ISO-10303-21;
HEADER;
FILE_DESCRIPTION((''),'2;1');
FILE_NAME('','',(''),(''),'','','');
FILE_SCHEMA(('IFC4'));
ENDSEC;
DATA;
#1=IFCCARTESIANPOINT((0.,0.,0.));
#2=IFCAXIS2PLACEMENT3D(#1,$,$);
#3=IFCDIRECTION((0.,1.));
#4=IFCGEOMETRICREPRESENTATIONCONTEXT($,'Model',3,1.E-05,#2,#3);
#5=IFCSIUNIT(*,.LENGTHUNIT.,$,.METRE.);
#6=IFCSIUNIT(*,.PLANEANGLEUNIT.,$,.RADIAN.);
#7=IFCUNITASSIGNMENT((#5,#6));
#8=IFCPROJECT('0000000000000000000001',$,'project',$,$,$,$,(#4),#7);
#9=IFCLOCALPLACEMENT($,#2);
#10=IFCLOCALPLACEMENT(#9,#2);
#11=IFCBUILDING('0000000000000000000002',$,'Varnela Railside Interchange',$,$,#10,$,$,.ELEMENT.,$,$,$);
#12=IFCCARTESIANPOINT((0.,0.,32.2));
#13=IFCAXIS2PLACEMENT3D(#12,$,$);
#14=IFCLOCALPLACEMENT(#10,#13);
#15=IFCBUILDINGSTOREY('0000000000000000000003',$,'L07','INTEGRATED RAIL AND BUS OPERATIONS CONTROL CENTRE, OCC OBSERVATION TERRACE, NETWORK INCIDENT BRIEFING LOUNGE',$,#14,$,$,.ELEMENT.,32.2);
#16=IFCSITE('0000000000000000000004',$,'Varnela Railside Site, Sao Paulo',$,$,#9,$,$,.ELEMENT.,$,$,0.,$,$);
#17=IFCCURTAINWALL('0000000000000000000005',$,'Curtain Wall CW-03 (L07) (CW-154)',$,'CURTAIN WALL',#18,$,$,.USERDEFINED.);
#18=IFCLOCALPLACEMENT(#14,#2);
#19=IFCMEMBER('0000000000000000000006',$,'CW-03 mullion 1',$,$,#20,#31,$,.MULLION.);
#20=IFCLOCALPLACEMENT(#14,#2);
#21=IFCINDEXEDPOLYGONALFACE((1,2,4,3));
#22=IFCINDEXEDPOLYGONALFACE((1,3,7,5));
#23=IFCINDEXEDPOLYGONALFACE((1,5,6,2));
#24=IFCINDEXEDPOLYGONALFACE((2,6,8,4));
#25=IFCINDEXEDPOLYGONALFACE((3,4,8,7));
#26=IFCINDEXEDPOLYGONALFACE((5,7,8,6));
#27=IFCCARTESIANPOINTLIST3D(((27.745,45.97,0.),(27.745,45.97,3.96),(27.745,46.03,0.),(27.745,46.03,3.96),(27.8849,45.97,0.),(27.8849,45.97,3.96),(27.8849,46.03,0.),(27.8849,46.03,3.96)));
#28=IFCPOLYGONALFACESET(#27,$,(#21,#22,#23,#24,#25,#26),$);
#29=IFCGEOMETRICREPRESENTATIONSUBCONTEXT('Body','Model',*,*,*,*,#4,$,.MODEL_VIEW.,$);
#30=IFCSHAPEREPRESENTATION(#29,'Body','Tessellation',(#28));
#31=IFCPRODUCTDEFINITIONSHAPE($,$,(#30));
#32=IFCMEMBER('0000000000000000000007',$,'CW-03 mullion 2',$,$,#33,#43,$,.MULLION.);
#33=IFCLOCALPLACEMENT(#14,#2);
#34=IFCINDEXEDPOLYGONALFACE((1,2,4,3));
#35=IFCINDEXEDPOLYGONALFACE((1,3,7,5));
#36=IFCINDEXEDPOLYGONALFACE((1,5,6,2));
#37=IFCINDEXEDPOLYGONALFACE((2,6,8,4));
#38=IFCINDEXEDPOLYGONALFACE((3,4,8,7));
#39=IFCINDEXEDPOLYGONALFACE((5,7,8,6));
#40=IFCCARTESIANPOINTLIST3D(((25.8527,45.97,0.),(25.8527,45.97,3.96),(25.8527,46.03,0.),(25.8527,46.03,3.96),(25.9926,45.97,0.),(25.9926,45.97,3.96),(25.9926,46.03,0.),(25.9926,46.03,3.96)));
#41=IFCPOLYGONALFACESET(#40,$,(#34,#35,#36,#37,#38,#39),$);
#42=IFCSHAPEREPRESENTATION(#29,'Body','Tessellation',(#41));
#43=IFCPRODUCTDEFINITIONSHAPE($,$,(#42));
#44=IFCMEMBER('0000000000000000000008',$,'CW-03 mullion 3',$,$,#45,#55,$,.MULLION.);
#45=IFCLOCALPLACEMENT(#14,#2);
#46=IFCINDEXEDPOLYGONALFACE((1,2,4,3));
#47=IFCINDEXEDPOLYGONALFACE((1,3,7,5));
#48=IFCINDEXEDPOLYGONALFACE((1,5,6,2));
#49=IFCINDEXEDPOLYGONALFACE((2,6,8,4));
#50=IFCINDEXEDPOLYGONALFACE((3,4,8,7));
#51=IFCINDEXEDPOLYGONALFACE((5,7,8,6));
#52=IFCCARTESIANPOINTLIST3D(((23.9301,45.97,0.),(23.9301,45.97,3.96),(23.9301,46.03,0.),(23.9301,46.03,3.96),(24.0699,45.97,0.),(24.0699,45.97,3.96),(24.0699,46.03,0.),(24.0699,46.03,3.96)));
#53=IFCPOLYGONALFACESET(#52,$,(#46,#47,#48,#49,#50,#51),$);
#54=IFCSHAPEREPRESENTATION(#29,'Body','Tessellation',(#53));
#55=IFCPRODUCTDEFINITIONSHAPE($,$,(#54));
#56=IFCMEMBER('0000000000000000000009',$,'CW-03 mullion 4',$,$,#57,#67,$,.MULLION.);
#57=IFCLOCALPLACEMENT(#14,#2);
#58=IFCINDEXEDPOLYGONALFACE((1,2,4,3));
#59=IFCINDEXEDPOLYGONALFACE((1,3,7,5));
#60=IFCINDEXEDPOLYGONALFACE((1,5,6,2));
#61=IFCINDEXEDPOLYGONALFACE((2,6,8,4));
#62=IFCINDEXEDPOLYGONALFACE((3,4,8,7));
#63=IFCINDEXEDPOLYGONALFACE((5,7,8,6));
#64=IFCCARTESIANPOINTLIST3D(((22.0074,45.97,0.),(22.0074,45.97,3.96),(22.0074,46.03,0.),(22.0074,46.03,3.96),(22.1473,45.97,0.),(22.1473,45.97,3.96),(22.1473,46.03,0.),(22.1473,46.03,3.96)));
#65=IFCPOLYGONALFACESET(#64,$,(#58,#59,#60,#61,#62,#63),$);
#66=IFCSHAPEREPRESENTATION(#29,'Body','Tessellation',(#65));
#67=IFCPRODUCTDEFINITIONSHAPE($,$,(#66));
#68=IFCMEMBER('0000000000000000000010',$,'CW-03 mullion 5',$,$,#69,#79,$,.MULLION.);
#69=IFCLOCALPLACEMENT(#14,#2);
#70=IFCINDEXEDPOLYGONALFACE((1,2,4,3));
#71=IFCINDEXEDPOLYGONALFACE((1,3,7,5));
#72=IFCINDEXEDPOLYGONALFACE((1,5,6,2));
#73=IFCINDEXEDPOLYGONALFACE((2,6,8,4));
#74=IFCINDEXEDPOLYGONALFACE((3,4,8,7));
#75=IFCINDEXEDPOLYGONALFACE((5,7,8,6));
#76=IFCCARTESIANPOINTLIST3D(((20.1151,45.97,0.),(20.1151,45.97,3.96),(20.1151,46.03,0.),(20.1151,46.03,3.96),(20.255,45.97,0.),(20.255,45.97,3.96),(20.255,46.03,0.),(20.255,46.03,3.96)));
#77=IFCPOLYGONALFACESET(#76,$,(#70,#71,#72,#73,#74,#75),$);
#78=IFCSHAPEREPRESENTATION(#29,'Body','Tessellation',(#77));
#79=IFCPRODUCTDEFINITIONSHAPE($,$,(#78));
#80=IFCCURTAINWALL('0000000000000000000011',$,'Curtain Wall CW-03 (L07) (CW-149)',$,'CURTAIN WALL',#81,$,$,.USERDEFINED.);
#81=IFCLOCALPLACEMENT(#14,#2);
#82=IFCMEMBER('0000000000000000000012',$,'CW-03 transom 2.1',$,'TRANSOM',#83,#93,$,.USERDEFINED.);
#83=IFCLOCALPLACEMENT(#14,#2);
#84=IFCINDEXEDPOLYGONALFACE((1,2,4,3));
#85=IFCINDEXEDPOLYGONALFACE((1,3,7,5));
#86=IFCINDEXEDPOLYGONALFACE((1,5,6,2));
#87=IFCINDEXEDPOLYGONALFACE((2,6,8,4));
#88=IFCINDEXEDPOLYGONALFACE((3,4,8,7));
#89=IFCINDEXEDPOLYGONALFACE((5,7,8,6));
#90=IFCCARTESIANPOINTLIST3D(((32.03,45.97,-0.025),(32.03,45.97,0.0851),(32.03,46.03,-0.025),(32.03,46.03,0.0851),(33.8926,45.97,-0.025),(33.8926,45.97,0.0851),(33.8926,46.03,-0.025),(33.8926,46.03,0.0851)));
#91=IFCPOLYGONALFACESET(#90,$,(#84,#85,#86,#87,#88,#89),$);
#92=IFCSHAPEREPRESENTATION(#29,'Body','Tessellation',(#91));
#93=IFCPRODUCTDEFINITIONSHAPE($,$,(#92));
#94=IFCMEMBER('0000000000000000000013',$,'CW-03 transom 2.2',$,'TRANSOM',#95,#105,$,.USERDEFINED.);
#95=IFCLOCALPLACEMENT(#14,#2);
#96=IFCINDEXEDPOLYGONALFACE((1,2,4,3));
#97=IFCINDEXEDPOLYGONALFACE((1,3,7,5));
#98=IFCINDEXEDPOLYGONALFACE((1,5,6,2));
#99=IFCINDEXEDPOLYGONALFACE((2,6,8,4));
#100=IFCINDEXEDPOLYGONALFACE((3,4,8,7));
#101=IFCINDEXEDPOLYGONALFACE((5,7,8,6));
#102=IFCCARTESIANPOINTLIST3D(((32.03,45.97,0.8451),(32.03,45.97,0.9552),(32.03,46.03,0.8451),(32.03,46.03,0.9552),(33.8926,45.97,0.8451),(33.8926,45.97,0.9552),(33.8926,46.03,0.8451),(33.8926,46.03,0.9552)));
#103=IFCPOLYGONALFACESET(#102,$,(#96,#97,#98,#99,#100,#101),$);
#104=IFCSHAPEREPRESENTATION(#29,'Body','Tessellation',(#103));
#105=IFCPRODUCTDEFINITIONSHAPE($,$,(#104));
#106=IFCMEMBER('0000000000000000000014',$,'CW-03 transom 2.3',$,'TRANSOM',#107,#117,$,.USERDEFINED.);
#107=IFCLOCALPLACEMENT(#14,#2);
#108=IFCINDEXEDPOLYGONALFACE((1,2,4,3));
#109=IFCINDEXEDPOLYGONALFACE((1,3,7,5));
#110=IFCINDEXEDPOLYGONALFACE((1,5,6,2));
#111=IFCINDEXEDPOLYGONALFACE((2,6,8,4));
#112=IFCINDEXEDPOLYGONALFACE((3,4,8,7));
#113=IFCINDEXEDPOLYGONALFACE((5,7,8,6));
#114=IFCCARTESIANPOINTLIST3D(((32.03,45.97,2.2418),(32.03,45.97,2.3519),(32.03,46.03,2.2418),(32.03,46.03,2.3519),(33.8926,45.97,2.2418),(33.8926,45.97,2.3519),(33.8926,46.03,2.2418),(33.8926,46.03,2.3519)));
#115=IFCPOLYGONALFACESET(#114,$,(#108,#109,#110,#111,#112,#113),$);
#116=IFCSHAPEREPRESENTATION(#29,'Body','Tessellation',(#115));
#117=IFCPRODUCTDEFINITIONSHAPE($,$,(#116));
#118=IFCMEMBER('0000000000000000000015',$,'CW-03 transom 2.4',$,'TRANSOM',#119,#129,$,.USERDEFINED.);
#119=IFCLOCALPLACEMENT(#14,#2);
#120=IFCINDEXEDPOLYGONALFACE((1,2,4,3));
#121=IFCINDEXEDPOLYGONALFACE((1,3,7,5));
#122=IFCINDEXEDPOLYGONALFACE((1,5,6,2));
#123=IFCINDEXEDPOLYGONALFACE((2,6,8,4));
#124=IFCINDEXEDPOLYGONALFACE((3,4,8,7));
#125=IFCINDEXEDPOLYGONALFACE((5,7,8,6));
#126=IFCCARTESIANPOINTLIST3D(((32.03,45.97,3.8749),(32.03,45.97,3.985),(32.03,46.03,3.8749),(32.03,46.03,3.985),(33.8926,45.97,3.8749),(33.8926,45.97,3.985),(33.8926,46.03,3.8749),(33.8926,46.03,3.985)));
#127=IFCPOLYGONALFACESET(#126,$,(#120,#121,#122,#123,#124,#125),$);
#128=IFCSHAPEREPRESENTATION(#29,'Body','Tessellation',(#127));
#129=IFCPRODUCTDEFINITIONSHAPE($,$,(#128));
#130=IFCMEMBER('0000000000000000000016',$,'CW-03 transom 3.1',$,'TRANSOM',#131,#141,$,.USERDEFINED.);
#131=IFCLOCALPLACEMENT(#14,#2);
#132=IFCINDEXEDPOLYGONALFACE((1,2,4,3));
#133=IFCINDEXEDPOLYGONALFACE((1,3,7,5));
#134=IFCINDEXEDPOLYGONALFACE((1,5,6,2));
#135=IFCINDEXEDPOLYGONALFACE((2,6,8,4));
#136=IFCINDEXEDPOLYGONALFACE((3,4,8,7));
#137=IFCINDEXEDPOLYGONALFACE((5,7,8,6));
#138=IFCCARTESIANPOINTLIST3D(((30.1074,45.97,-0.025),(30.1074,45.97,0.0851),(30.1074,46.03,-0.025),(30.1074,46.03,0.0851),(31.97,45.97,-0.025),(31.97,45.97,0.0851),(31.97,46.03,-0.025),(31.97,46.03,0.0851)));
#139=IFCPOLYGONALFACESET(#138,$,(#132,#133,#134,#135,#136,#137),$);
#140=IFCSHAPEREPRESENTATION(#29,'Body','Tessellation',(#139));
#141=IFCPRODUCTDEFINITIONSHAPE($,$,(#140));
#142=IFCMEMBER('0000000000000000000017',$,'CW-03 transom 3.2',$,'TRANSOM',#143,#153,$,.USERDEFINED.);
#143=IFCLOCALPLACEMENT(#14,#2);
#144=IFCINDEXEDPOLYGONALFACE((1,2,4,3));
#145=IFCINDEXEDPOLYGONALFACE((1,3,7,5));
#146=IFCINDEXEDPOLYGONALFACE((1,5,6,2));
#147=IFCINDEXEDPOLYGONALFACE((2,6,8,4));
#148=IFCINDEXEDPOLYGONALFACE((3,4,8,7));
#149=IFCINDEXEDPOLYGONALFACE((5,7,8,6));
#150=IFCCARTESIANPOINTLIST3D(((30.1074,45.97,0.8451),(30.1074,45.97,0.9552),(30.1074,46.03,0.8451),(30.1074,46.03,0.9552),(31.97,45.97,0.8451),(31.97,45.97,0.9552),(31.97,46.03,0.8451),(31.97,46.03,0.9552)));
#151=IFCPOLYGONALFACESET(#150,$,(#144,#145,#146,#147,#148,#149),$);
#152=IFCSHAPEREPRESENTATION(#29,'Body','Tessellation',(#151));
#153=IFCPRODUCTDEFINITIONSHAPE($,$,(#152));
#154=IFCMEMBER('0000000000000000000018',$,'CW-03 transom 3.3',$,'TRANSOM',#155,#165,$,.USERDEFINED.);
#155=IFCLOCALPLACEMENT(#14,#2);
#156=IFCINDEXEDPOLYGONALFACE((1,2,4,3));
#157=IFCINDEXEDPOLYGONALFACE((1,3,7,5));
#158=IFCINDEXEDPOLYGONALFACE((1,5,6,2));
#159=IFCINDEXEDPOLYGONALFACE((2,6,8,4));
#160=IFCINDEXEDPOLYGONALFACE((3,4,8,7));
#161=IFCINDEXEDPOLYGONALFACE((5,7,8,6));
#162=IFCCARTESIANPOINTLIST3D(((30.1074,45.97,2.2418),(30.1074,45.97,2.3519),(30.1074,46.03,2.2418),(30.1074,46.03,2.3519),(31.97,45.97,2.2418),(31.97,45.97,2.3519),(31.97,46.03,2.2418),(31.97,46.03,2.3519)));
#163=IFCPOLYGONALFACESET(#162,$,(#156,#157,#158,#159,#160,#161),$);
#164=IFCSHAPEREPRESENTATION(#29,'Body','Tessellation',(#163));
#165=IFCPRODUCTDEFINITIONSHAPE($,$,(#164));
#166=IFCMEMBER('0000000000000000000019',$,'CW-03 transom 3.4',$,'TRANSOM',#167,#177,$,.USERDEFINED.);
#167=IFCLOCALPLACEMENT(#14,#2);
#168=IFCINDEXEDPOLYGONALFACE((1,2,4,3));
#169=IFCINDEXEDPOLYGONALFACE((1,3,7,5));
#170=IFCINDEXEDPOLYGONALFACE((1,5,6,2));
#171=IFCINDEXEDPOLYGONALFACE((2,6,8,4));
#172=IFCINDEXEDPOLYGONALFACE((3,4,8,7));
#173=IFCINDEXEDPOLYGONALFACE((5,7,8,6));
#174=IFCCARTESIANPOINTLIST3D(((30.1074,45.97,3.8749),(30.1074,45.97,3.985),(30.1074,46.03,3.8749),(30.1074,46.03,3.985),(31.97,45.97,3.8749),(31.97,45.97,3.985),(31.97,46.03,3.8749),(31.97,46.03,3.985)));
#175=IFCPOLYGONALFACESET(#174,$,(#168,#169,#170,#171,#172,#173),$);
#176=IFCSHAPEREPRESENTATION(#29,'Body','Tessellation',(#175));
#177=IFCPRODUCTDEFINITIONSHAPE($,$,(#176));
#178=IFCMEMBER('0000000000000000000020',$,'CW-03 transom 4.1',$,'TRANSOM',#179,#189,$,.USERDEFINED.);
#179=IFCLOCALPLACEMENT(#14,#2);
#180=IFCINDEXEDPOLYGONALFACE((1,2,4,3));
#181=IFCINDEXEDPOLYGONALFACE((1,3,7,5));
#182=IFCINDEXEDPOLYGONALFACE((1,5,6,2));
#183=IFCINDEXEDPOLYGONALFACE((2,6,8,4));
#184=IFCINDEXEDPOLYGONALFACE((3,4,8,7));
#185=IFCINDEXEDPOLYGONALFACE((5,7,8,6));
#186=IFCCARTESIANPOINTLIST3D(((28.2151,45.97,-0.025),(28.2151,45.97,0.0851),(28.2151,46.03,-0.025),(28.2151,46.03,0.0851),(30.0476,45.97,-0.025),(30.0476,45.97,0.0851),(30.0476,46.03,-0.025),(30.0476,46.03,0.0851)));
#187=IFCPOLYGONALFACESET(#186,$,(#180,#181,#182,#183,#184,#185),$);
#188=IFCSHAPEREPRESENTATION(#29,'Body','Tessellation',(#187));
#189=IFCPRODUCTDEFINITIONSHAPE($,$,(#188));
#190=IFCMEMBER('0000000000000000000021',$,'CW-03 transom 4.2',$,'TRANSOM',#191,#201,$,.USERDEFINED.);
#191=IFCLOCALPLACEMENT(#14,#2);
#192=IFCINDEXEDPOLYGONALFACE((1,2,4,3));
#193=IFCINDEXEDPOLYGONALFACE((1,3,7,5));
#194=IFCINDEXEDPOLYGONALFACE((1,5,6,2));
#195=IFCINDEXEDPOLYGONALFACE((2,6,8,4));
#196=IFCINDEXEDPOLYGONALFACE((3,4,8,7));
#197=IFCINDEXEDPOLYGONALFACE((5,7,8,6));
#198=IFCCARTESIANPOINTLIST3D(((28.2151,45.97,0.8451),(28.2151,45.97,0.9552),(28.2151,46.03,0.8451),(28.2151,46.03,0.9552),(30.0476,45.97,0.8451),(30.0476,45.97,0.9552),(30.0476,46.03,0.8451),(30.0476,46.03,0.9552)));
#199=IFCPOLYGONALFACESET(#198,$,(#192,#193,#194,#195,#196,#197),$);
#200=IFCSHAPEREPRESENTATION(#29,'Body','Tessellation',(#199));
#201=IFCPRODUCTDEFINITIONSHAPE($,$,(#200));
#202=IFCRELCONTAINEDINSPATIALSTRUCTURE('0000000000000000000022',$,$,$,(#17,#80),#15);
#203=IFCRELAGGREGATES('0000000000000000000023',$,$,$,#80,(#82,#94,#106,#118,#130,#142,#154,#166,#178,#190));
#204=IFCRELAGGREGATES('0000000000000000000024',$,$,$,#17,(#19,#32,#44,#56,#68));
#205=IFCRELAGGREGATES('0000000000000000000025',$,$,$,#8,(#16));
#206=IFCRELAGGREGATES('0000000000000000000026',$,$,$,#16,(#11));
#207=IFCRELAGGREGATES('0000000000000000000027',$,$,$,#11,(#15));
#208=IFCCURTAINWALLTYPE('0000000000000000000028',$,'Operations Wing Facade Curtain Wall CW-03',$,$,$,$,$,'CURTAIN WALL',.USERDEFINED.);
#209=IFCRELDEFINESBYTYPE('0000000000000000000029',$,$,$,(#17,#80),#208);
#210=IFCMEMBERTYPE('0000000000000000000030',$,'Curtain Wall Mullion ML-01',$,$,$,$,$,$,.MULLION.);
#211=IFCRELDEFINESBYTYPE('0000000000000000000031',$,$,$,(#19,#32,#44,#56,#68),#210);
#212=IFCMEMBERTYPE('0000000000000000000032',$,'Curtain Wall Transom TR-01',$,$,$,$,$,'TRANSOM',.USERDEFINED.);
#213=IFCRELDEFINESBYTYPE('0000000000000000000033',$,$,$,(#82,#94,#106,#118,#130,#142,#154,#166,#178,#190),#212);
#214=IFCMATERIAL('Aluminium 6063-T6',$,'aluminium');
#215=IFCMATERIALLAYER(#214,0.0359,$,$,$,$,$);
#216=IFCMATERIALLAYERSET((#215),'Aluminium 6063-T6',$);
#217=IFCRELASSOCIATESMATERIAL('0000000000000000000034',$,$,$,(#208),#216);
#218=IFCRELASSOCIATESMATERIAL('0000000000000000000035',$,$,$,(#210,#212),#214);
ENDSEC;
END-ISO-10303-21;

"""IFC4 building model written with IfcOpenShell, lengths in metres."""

from ifc_helpers import new_model, si_unit, direction, frame, origin, origin_2d, place, context, subcontext, project, spatial, rectangle, extrude, material, layer, layer_set, material_profile, profile_set, type_object, element, aggregate, save


model = new_model("IFC4")

# Units and contexts
model_context = context("Model", 3, precision=1e-05, world=origin(), true_north=direction((0.0, 1.0)))
body_context = subcontext(model_context, "Body", "Model", "MODEL_VIEW")
ifc_project = project(units=[si_unit("LENGTHUNIT", "METRE"), si_unit("PLANEANGLEUNIT", "RADIAN")], contexts=[model_context])

# Site, building, storey
site_placement = place(None, origin())
site = spatial("IfcSite", under=ifc_project, at=site_placement, Name="Varnela Railside Site, Sao Paulo", CompositionType="ELEMENT", RefElevation=0.0)
building_placement = place(site_placement, origin())
building = spatial("IfcBuilding", under=site, at=building_placement, Name="Varnela Railside Interchange", CompositionType="ELEMENT")
storey_placement = place(building_placement, frame((0.0, 0.0, 32.2)))
storey = spatial("IfcBuildingStorey", under=building, at=storey_placement, Name="L07", Description="INTEGRATED RAIL AND BUS OPERATIONS CONTROL CENTRE, OCC OBSERVATION TERRACE, NETWORK INCIDENT BRIEFING LOUNGE", CompositionType="ELEMENT", Elevation=32.2)

# Curtain walls, members
ifc_material_1 = material(Name="Aluminium 6063-T6", Category="aluminium")
ifc_layer_1 = layer(ifc_material_1, 0.0359)
ifc_layer_set_1 = layer_set([ifc_layer_1], Name="Aluminium 6063-T6")
curtain_wall_type = type_object("IfcCurtainWallType", Name="Operations Wing Facade Curtain Wall CW-03", ElementType="CURTAIN WALL", PredefinedType="USERDEFINED", material=ifc_layer_set_1)
curtain_wall_1_placement = place(storey_placement, origin())
curtain_wall_1 = element("IfcCurtainWall", 1, at=curtain_wall_1_placement, inside=storey, type_object=curtain_wall_type, Name="Curtain Wall CW-03 (L07) (CW-154)", ObjectType="CURTAIN WALL", PredefinedType="USERDEFINED")
ifc_material_profile_1 = material_profile(ifc_material_1, rectangle(XDim=0.0601, YDim=0.1399, at=origin_2d()), Name="ALU 60x140")
ifc_profile_set_1 = profile_set([ifc_material_profile_1], Name="Aluminium 6063-T6")
member_type_1 = type_object("IfcMemberType", Name="Curtain Wall Mullion ML-01", PredefinedType="MULLION", material=ifc_profile_set_1)
member_1_placement = place(storey_placement, frame((27.8149, 46.0, 0.0), z_axis=(0.0, 0.0, 1.0), x_axis=(0.0, -1.0, 0.0)))
member_1 = element("IfcMember", 2, at=member_1_placement, type_object=member_type_1, Name="CW-03 mullion 1", PredefinedType="MULLION", context=body_context, shape_type="SweptSolid", body=[
    extrude(rectangle(XDim=0.0601, YDim=0.1399, at=origin_2d()), origin(), (0.0, 0.0, 1.0), 3.96),
])
member_2_placement = place(storey_placement, frame((25.9226, 46.0, 0.0), z_axis=(0.0, 0.0, 1.0), x_axis=(0.0, -1.0, 0.0)))
member_2 = element("IfcMember", 3, at=member_2_placement, type_object=member_type_1, Name="CW-03 mullion 2", PredefinedType="MULLION", context=body_context, shape_type="SweptSolid", body=[
    extrude(rectangle(XDim=0.0601, YDim=0.1399, at=origin_2d()), origin(), (0.0, 0.0, 1.0), 3.96),
])
member_3_placement = place(storey_placement, frame((24.0, 46.0, 0.0), z_axis=(0.0, 0.0, 1.0), x_axis=(0.0, -1.0, 0.0)))
member_3 = element("IfcMember", 4, at=member_3_placement, type_object=member_type_1, Name="CW-03 mullion 3", PredefinedType="MULLION", context=body_context, shape_type="SweptSolid", body=[
    extrude(rectangle(XDim=0.0601, YDim=0.1399, at=origin_2d()), origin(), (0.0, 0.0, 1.0), 3.96),
])
member_4_placement = place(storey_placement, frame((22.0774, 46.0, 0.0), z_axis=(0.0, 0.0, 1.0), x_axis=(0.0, -1.0, 0.0)))
member_4 = element("IfcMember", 5, at=member_4_placement, type_object=member_type_1, Name="CW-03 mullion 4", PredefinedType="MULLION", context=body_context, shape_type="SweptSolid", body=[
    extrude(rectangle(XDim=0.0601, YDim=0.1399, at=origin_2d()), origin(), (0.0, 0.0, 1.0), 3.96),
])
member_5_placement = place(storey_placement, frame((20.1851, 46.0, 0.0), z_axis=(0.0, 0.0, 1.0), x_axis=(0.0, -1.0, 0.0)))
member_5 = element("IfcMember", 6, at=member_5_placement, type_object=member_type_1, Name="CW-03 mullion 5", PredefinedType="MULLION", context=body_context, shape_type="SweptSolid", body=[
    extrude(rectangle(XDim=0.0601, YDim=0.1399, at=origin_2d()), origin(), (0.0, 0.0, 1.0), 3.96),
])
curtain_wall_2_placement = place(storey_placement, origin())
curtain_wall_2 = element("IfcCurtainWall", 7, at=curtain_wall_2_placement, inside=storey, type_object=curtain_wall_type, Name="Curtain Wall CW-03 (L07) (CW-149)", ObjectType="CURTAIN WALL", PredefinedType="USERDEFINED")
ifc_material_profile_2 = material_profile(ifc_material_1, rectangle(XDim=0.0601, YDim=0.1101, at=origin_2d()), Name="ALU 60x110")
ifc_profile_set_2 = profile_set([ifc_material_profile_2], Name="Aluminium 6063-T6")
member_type_2 = type_object("IfcMemberType", Name="Curtain Wall Transom TR-01", ElementType="TRANSOM", PredefinedType="USERDEFINED", material=ifc_profile_set_2)
member_6_placement = place(storey_placement, frame((33.8926, 46.0, 0.03), z_axis=(-1.0, 0.0, 0.0), x_axis=(0.0, -1.0, 0.0)))
member_6 = element("IfcMember", 8, at=member_6_placement, type_object=member_type_2, Name="CW-03 transom 2.1", ObjectType="TRANSOM", PredefinedType="USERDEFINED", context=body_context, shape_type="SweptSolid", body=[
    extrude(rectangle(XDim=0.0601, YDim=0.1101, at=origin_2d()), origin(), (0.0, 0.0, 1.0), 1.8625),
])
member_7_placement = place(storey_placement, frame((33.8926, 46.0, 0.9001), z_axis=(-1.0, 0.0, 0.0), x_axis=(0.0, -1.0, 0.0)))
member_7 = element("IfcMember", 9, at=member_7_placement, type_object=member_type_2, Name="CW-03 transom 2.2", ObjectType="TRANSOM", PredefinedType="USERDEFINED", context=body_context, shape_type="SweptSolid", body=[
    extrude(rectangle(XDim=0.0601, YDim=0.1101, at=origin_2d()), origin(), (0.0, 0.0, 1.0), 1.8625),
])
member_8_placement = place(storey_placement, frame((33.8926, 46.0, 2.2969), z_axis=(-1.0, 0.0, 0.0), x_axis=(0.0, -1.0, 0.0)))
member_8 = element("IfcMember", 10, at=member_8_placement, type_object=member_type_2, Name="CW-03 transom 2.3", ObjectType="TRANSOM", PredefinedType="USERDEFINED", context=body_context, shape_type="SweptSolid", body=[
    extrude(rectangle(XDim=0.0601, YDim=0.1101, at=origin_2d()), origin(), (0.0, 0.0, 1.0), 1.8625),
])
member_9_placement = place(storey_placement, frame((33.8926, 46.0, 3.9299), z_axis=(-1.0, 0.0, 0.0), x_axis=(0.0, -1.0, 0.0)))
member_9 = element("IfcMember", 11, at=member_9_placement, type_object=member_type_2, Name="CW-03 transom 2.4", ObjectType="TRANSOM", PredefinedType="USERDEFINED", context=body_context, shape_type="SweptSolid", body=[
    extrude(rectangle(XDim=0.0601, YDim=0.1101, at=origin_2d()), origin(), (0.0, 0.0, 1.0), 1.8625),
])
member_10_placement = place(storey_placement, frame((31.97, 46.0, 0.03), z_axis=(-1.0, 0.0, 0.0), x_axis=(0.0, -1.0, 0.0)))
member_10 = element("IfcMember", 12, at=member_10_placement, type_object=member_type_2, Name="CW-03 transom 3.1", ObjectType="TRANSOM", PredefinedType="USERDEFINED", context=body_context, shape_type="SweptSolid", body=[
    extrude(rectangle(XDim=0.0601, YDim=0.1101, at=origin_2d()), origin(), (0.0, 0.0, 1.0), 1.8625),
])
member_11_placement = place(storey_placement, frame((31.97, 46.0, 0.9001), z_axis=(-1.0, 0.0, 0.0), x_axis=(0.0, -1.0, 0.0)))
member_11 = element("IfcMember", 13, at=member_11_placement, type_object=member_type_2, Name="CW-03 transom 3.2", ObjectType="TRANSOM", PredefinedType="USERDEFINED", context=body_context, shape_type="SweptSolid", body=[
    extrude(rectangle(XDim=0.0601, YDim=0.1101, at=origin_2d()), origin(), (0.0, 0.0, 1.0), 1.8625),
])
member_12_placement = place(storey_placement, frame((31.97, 46.0, 2.2969), z_axis=(-1.0, 0.0, 0.0), x_axis=(0.0, -1.0, 0.0)))
member_12 = element("IfcMember", 14, at=member_12_placement, type_object=member_type_2, Name="CW-03 transom 3.3", ObjectType="TRANSOM", PredefinedType="USERDEFINED", context=body_context, shape_type="SweptSolid", body=[
    extrude(rectangle(XDim=0.0601, YDim=0.1101, at=origin_2d()), origin(), (0.0, 0.0, 1.0), 1.8625),
])
member_13_placement = place(storey_placement, frame((31.97, 46.0, 3.9299), z_axis=(-1.0, 0.0, 0.0), x_axis=(0.0, -1.0, 0.0)))
member_13 = element("IfcMember", 15, at=member_13_placement, type_object=member_type_2, Name="CW-03 transom 3.4", ObjectType="TRANSOM", PredefinedType="USERDEFINED", context=body_context, shape_type="SweptSolid", body=[
    extrude(rectangle(XDim=0.0601, YDim=0.1101, at=origin_2d()), origin(), (0.0, 0.0, 1.0), 1.8625),
])
member_14_placement = place(storey_placement, frame((30.0476, 46.0, 0.03), z_axis=(-1.0, 0.0, 0.0), x_axis=(0.0, -1.0, 0.0)))
member_14 = element("IfcMember", 16, at=member_14_placement, type_object=member_type_2, Name="CW-03 transom 4.1", ObjectType="TRANSOM", PredefinedType="USERDEFINED", context=body_context, shape_type="SweptSolid", body=[
    extrude(rectangle(XDim=0.0601, YDim=0.1101, at=origin_2d()), origin(), (0.0, 0.0, 1.0), 1.8325),
])
member_15_placement = place(storey_placement, frame((30.0476, 46.0, 0.9001), z_axis=(-1.0, 0.0, 0.0), x_axis=(0.0, -1.0, 0.0)))
member_15 = element("IfcMember", 17, at=member_15_placement, type_object=member_type_2, Name="CW-03 transom 4.2", ObjectType="TRANSOM", PredefinedType="USERDEFINED", context=body_context, shape_type="SweptSolid", body=[
    extrude(rectangle(XDim=0.0601, YDim=0.1101, at=origin_2d()), origin(), (0.0, 0.0, 1.0), 1.8325),
])

aggregate(curtain_wall_2, [member_6, member_7, member_8, member_9, member_10, member_11, member_12, member_13, member_14, member_15])
aggregate(curtain_wall_1, [member_1, member_2, member_3, member_4, member_5])

save(model, "model.ifc")
